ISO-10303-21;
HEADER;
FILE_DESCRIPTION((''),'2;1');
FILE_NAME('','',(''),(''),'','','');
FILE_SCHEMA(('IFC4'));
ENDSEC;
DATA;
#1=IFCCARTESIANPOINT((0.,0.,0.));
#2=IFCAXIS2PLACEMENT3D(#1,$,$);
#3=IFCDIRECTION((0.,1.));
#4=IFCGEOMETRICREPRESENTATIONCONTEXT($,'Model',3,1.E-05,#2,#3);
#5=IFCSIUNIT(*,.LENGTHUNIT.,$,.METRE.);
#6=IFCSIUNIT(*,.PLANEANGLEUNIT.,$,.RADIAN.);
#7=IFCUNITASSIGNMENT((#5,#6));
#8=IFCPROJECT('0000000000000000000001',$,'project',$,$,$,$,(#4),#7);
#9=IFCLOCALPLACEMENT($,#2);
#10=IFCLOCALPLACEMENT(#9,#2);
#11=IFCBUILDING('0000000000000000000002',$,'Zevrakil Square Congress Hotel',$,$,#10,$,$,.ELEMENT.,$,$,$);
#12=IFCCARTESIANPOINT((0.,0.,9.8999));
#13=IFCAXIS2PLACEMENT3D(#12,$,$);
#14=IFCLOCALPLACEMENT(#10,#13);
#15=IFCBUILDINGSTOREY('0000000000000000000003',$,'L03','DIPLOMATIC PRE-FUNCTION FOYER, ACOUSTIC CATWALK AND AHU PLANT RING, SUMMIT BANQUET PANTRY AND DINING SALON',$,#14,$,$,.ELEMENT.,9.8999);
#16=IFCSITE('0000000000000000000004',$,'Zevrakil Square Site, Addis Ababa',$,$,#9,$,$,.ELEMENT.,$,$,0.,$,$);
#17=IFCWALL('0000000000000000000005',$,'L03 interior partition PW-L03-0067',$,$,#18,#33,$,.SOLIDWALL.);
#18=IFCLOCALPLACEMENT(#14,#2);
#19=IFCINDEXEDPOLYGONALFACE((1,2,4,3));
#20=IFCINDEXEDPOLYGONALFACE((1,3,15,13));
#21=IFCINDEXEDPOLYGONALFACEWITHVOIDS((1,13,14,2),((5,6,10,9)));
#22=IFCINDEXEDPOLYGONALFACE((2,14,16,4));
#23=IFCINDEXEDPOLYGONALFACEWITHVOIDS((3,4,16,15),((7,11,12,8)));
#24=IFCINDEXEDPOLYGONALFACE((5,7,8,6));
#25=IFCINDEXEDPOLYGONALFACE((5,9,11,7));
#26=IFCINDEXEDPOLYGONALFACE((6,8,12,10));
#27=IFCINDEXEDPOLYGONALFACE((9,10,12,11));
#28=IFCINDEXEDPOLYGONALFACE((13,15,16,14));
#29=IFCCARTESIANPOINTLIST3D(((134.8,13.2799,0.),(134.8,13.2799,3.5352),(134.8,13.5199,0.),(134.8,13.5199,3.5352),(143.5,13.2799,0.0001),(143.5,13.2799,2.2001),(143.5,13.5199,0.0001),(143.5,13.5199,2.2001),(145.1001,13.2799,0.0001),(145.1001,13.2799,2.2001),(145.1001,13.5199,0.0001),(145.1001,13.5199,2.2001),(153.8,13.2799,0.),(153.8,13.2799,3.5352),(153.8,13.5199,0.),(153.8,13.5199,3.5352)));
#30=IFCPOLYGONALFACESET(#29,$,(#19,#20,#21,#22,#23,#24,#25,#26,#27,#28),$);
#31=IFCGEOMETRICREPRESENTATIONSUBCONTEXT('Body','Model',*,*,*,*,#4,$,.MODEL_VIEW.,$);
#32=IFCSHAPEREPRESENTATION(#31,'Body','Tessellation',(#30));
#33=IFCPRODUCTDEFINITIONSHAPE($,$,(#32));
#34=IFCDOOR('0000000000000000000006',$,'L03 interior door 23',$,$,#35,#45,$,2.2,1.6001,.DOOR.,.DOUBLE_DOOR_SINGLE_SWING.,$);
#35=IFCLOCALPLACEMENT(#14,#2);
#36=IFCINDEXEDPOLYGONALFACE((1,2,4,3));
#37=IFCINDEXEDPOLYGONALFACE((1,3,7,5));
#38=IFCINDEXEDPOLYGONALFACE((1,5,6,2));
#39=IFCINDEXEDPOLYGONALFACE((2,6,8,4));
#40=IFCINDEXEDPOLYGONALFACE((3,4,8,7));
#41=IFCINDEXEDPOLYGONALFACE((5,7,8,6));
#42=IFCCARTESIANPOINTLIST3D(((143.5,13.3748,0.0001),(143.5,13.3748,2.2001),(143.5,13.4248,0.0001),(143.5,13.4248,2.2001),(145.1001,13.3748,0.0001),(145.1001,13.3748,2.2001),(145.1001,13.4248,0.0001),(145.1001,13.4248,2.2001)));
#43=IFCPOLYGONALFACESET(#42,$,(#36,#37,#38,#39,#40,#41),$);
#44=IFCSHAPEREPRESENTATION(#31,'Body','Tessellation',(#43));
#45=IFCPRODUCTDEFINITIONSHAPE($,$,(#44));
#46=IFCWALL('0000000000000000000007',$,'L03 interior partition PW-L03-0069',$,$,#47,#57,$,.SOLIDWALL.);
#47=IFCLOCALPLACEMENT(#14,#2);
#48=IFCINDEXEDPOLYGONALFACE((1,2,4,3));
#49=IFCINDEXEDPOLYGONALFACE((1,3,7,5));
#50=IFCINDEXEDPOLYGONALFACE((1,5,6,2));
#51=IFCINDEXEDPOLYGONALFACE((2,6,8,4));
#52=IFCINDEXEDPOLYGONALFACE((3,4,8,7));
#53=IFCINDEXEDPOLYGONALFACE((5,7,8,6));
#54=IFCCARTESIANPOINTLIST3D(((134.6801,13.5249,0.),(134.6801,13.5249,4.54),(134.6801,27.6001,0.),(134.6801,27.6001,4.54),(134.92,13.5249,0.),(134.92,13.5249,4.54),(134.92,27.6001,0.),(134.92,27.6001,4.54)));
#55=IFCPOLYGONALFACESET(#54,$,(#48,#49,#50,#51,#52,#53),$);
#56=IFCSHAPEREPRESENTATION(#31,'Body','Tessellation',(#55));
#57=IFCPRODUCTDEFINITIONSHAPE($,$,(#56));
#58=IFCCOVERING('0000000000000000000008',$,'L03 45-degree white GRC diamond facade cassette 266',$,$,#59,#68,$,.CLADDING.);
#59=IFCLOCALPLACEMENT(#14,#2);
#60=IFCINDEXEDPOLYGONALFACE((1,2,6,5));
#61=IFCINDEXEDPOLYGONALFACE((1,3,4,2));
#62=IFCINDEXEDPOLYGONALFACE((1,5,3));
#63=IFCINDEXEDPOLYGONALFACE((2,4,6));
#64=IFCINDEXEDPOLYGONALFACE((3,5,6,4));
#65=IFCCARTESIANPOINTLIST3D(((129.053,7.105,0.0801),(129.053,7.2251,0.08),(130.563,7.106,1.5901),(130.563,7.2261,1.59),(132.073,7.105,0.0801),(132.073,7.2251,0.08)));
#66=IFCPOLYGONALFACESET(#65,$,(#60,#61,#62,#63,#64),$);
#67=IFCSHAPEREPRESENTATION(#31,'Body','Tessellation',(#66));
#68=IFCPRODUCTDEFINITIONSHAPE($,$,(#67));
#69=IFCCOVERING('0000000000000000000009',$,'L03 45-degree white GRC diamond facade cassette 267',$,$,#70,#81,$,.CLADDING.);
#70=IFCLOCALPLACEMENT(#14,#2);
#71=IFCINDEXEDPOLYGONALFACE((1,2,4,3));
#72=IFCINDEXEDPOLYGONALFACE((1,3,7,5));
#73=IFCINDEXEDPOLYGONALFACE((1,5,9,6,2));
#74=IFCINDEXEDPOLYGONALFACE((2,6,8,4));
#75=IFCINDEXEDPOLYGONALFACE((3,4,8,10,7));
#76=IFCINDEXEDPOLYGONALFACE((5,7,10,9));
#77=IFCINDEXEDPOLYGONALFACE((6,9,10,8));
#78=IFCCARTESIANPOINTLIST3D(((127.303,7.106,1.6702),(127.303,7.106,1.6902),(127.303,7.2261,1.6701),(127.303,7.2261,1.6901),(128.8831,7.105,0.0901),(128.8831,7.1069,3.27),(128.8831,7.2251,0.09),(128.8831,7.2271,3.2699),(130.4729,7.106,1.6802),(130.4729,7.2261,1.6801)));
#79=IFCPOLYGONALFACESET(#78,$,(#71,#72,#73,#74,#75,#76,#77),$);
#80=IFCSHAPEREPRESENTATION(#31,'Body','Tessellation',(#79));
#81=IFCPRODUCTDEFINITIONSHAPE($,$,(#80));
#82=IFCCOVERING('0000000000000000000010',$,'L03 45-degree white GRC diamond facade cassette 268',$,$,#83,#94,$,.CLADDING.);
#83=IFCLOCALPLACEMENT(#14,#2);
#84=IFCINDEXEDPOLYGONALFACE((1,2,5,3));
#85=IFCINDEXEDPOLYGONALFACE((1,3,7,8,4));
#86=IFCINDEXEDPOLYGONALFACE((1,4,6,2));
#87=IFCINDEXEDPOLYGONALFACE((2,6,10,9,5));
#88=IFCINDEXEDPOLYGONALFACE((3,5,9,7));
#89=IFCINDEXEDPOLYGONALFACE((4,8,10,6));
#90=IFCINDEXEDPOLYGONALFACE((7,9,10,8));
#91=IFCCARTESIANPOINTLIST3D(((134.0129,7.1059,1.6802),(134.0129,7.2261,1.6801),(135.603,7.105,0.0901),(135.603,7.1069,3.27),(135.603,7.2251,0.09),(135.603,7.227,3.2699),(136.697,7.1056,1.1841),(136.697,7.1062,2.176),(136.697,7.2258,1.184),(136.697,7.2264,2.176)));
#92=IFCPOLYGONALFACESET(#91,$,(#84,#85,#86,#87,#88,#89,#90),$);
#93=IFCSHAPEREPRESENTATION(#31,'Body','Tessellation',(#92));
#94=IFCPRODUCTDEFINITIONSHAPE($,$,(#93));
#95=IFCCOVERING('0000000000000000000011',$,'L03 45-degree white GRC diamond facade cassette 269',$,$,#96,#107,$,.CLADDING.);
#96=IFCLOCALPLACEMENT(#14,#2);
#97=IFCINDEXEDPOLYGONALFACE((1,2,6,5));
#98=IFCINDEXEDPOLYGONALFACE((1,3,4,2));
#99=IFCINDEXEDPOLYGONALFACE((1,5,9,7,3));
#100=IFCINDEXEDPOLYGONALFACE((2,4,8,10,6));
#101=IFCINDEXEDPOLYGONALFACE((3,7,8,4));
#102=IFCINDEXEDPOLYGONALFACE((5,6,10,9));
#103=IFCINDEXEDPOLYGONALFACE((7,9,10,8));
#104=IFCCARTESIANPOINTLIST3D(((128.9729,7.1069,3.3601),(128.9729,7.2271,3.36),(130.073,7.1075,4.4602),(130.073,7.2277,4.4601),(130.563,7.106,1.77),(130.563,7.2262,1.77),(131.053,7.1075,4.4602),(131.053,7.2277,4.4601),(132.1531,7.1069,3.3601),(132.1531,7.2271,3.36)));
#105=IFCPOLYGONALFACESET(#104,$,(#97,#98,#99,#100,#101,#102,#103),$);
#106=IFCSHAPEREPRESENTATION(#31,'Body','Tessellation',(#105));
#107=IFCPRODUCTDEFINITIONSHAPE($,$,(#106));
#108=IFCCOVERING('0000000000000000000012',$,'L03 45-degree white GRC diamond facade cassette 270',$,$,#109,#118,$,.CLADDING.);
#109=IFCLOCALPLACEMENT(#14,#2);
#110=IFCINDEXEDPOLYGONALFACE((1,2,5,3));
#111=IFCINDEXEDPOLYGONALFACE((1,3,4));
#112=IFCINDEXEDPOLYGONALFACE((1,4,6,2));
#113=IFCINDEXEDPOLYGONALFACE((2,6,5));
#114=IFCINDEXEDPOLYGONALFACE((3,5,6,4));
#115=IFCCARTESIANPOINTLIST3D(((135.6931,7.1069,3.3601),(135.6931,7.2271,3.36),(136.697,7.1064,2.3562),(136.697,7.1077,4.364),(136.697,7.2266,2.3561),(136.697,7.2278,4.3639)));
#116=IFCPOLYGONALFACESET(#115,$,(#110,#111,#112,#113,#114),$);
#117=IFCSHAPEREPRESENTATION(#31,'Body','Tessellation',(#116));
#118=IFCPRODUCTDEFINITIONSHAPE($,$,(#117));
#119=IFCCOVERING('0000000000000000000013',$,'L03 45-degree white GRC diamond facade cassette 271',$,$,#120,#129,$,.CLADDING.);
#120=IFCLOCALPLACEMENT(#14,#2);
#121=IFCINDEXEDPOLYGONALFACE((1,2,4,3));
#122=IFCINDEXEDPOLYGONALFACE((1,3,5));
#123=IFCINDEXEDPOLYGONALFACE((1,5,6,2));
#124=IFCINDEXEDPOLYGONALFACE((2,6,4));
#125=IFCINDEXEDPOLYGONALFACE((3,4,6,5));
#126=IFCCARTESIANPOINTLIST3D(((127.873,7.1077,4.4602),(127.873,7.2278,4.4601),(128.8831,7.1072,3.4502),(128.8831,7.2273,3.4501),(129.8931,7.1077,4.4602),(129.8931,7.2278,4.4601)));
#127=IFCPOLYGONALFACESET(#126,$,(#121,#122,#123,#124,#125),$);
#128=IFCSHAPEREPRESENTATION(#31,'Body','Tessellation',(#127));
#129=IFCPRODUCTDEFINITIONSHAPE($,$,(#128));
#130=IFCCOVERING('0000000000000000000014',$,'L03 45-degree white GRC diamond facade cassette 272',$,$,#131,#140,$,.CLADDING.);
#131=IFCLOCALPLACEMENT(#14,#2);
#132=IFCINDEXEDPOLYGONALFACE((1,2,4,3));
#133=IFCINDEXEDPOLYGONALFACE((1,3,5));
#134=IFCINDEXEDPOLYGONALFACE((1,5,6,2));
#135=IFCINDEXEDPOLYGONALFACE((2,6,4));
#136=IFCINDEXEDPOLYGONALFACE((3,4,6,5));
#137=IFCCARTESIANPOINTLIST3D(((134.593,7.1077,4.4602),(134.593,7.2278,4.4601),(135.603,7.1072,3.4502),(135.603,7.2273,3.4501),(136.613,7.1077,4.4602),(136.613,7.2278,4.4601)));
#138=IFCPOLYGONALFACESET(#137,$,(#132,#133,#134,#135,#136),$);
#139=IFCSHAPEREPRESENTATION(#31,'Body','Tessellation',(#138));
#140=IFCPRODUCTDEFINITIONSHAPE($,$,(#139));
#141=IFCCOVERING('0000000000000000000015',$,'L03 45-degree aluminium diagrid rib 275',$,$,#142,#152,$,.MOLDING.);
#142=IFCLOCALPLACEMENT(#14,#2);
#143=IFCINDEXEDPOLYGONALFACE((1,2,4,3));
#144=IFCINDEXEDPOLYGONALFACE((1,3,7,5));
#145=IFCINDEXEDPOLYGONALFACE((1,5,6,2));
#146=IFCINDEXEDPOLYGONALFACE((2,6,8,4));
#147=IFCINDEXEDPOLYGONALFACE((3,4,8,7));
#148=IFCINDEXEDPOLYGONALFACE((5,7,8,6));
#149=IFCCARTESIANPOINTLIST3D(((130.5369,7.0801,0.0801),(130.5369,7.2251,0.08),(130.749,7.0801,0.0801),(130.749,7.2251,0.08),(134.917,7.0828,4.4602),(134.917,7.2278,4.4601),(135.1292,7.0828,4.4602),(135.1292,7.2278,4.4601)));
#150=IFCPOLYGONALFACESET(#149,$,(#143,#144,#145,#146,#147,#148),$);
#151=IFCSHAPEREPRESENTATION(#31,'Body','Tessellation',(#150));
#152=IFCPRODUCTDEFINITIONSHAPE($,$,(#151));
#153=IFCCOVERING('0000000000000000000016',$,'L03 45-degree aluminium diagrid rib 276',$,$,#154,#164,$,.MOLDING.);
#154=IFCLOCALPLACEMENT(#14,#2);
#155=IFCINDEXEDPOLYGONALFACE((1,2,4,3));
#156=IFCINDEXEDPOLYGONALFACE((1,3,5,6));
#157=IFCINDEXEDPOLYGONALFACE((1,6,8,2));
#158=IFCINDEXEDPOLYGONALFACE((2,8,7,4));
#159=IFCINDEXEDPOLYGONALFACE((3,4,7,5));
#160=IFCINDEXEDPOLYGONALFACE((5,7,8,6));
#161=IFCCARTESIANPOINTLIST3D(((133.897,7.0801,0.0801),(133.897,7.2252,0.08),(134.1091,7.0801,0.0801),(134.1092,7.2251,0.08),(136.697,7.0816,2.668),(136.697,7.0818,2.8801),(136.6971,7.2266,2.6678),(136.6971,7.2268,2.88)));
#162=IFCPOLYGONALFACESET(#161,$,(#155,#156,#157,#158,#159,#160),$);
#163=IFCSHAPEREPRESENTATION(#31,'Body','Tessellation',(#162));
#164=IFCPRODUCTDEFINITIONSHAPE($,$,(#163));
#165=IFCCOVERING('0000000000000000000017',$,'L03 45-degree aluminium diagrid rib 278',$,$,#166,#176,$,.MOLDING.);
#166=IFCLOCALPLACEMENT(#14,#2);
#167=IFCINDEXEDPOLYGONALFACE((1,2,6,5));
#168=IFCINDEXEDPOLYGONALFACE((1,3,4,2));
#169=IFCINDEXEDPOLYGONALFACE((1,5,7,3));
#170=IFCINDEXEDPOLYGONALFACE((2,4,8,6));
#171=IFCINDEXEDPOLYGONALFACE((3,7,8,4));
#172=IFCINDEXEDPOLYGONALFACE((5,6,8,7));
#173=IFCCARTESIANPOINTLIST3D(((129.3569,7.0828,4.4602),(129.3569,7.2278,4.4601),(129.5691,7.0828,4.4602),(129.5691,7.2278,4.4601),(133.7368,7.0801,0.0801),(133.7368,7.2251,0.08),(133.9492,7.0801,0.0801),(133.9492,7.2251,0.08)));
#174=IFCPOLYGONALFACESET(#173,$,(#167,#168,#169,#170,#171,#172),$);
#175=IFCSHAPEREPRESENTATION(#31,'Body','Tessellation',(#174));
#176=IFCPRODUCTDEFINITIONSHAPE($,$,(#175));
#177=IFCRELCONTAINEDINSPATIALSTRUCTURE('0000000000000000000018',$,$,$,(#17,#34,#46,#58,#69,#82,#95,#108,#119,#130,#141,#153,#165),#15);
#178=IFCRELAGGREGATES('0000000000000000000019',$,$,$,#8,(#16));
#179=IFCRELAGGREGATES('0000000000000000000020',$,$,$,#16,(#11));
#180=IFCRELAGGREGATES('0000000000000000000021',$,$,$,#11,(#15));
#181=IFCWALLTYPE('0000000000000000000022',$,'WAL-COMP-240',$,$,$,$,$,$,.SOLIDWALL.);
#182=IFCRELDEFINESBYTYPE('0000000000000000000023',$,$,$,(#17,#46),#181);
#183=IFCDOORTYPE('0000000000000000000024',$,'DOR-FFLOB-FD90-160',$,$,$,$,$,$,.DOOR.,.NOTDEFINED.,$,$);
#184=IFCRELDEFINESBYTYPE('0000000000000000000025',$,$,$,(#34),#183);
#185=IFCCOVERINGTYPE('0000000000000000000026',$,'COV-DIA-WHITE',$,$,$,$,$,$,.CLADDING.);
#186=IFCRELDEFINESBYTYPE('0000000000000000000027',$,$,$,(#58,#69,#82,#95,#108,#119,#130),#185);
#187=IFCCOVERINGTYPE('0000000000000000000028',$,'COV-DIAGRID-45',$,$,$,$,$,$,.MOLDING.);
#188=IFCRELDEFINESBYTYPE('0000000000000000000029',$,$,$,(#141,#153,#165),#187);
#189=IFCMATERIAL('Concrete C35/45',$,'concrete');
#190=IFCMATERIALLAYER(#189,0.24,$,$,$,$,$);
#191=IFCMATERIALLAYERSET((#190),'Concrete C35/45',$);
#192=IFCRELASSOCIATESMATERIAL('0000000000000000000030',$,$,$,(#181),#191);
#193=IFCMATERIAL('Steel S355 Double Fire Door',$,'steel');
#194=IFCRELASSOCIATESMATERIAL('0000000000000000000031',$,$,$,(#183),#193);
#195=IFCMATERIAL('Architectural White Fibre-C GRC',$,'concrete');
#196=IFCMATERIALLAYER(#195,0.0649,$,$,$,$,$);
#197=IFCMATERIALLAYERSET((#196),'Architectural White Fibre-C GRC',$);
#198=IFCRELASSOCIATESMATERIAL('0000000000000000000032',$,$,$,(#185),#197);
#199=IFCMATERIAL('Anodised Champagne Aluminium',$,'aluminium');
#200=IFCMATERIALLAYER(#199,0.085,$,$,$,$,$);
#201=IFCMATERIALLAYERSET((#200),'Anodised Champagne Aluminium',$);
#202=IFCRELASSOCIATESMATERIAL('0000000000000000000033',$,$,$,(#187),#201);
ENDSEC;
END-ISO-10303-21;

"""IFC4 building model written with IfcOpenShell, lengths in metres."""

from ifc_helpers import new_model, si_unit, direction, frame, frame_2d, origin, place, context, subcontext, project, spatial, polyline, rectangle, outline, extrude, material, layer, layer_set, type_object, element, fill, save


model = new_model("IFC4")

# Units and contexts
model_context = context("Model", 3, precision=1e-05, world=origin(), true_north=direction((0.0, 1.0)))
body_context = subcontext(model_context, "Body", "Model", "MODEL_VIEW")
ifc_project = project(units=[si_unit("LENGTHUNIT", "METRE"), si_unit("PLANEANGLEUNIT", "RADIAN")], contexts=[model_context])

# Site, building, storey
site_placement = place(None, origin())
site = spatial("IfcSite", under=ifc_project, at=site_placement, Name="Zevrakil Square Site, Addis Ababa", CompositionType="ELEMENT", RefElevation=0.0)
building_placement = place(site_placement, origin())
building = spatial("IfcBuilding", under=site, at=building_placement, Name="Zevrakil Square Congress Hotel", CompositionType="ELEMENT")
storey_placement = place(building_placement, frame((0.0, 0.0, 9.8999)))
storey = spatial("IfcBuildingStorey", under=building, at=storey_placement, Name="L03", Description="DIPLOMATIC PRE-FUNCTION FOYER, ACOUSTIC CATWALK AND AHU PLANT RING, SUMMIT BANQUET PANTRY AND DINING SALON", CompositionType="ELEMENT", Elevation=9.8999)

# Wall, opening, door
ifc_material_1 = material(Name="Concrete C35/45", Category="concrete")
ifc_layer_1 = layer(ifc_material_1, 0.24)
ifc_layer_set_1 = layer_set([ifc_layer_1], Name="Concrete C35/45")
wall_type = type_object("IfcWallType", Name="WAL-COMP-240", PredefinedType="SOLIDWALL", material=ifc_layer_set_1)
wall_1_placement = place(storey_placement, frame((134.8, 13.3999, 0.0), z_axis=(0.0, 0.0, 1.0), x_axis=(1.0, 0.0, 0.0)))
wall_1 = element("IfcWall", 1, at=wall_1_placement, inside=storey, type_object=wall_type, Name="L03 interior partition PW-L03-0067", PredefinedType="SOLIDWALL", context=body_context, shape_type="SweptSolid", body=[
    extrude(rectangle(XDim=19.0, YDim=0.24, at=frame_2d((9.5, 0.0))), origin(), (0.0, 0.0, 1.0), 3.5352),
])
opening_placement = place(wall_1_placement, frame((8.7, 0.0, 0.0)))
opening = element("IfcOpeningElement", 2, at=opening_placement, cuts=wall_1, PredefinedType="OPENING", context=body_context, shape_type="SweptSolid", body=[
    extrude(rectangle(XDim=1.6001, YDim=2.2, at=frame_2d((0.8, 1.1001))), frame((0.0, 0.1299, 0.0), z_axis=(0.0, -1.0, 0.0), x_axis=(1.0, 0.0, 0.0)), (0.0, 0.0, 1.0), 0.26),
])
ifc_material_2 = material(Name="Steel S355 Double Fire Door", Category="steel")
door_type = type_object("IfcDoorType", Name="DOR-FFLOB-FD90-160", OperationType="NOTDEFINED", PredefinedType="DOOR", material=ifc_material_2)
door_placement = place(opening_placement, origin())
door = element("IfcDoor", 3, at=door_placement, inside=storey, type_object=door_type, Name="L03 interior door 23", OperationType="DOUBLE_DOOR_SINGLE_SWING", OverallHeight=2.2, OverallWidth=1.6001, PredefinedType="DOOR", context=body_context, shape_type="SweptSolid", body=[
    extrude(rectangle(XDim=1.6001, YDim=2.2, at=frame_2d((0.8, 1.1001))), frame((0.0, 0.0249, 0.0), z_axis=(0.0, -1.0, 0.0), x_axis=(1.0, 0.0, 0.0)), (0.0, 0.0, 1.0), 0.05),
])
fill(opening, door)

# Wall
wall_2_placement = place(storey_placement, frame((134.8, 13.5249, 0.0), z_axis=(0.0, 0.0, 1.0), x_axis=(0.0, 1.0, 0.0)))
element("IfcWall", 4, at=wall_2_placement, inside=storey, type_object=wall_type, Name="L03 interior partition PW-L03-0069", PredefinedType="SOLIDWALL", context=body_context, shape_type="SweptSolid", body=[
    extrude(rectangle(XDim=14.0752, YDim=0.24, at=frame_2d((7.0376, 0.0))), origin(), (0.0, 0.0, 1.0), 4.54),
])

# Coverings
ifc_material_3 = material(Name="Architectural White Fibre-C GRC", Category="concrete")
ifc_layer_2 = layer(ifc_material_3, 0.0649)
ifc_layer_set_2 = layer_set([ifc_layer_2], Name="Architectural White Fibre-C GRC")
covering_type_1 = type_object("IfcCoveringType", Name="COV-DIA-WHITE", PredefinedType="CLADDING", material=ifc_layer_set_2)
covering_1_placement = place(storey_placement, frame((130.563, 7.106, 1.5901), z_axis=(0.0, -1.0, 0.000647), x_axis=(0.707107, -0.000457, -0.707107)))
element("IfcCovering", 5, at=covering_1_placement, inside=storey, type_object=covering_type_1, Name="L03 45-degree white GRC diamond facade cassette 266", PredefinedType="CLADDING", context=body_context, shape_type="SweptSolid", body=[
    extrude(outline(polyline([(0.0, 0.0), (2.1355, 0.0), (0.0, -2.1355), (0.0, 0.0)])), origin(), (0.0, 0.0, -1.0), 0.1201),
])
covering_2_placement = place(storey_placement, frame((128.8831, 7.1069, 3.27), z_axis=(0.0, -1.0, 0.000612), x_axis=(0.707107, -0.000433, -0.707107)))
element("IfcCovering", 6, at=covering_2_placement, inside=storey, type_object=covering_type_1, Name="L03 45-degree white GRC diamond facade cassette 267", PredefinedType="CLADDING", context=body_context, shape_type="SweptSolid", body=[
    extrude(outline(polyline([(0.0, 0.0), (2.2484, 0.0), (2.2486, -2.2486), (0.014, -2.2486), (-0.0002, -2.2344), (0.0, 0.0)])), origin(), (0.0, 0.0, -1.0), 0.1201),
])
covering_3_placement = place(storey_placement, frame((135.603, 7.105, 0.0901), z_axis=(0.0, -1.0, 0.0006), x_axis=(-0.707107, 0.000425, 0.707107)))
element("IfcCovering", 7, at=covering_3_placement, inside=storey, type_object=covering_type_1, Name="L03 45-degree white GRC diamond facade cassette 268", PredefinedType="CLADDING", context=body_context, shape_type="SweptSolid", body=[
    extrude(outline(polyline([(0.0, 0.0), (2.2487, 0.0), (2.2486, -2.2486), (0.7014, -2.2486), (0.0, -1.5471), (0.0, 0.0)])), origin(), (0.0, 0.0, -1.0), 0.1201),
])
covering_4_placement = place(storey_placement, frame((132.1531, 7.1069, 3.3601), z_axis=(0.0, -1.0, 0.000558), x_axis=(-0.707107, -0.000395, -0.707107)))
element("IfcCovering", 8, at=covering_4_placement, inside=storey, type_object=covering_type_1, Name="L03 45-degree white GRC diamond facade cassette 269", PredefinedType="CLADDING", context=body_context, shape_type="SweptSolid", body=[
    extrude(outline(polyline([(0.0, 0.0), (2.2487, 0.0), (2.2487, -2.2487), (0.693, -2.2487), (0.0, -1.5558), (0.0, 0.0)])), origin(), (0.0, 0.0, -1.0), 0.1201),
])
covering_5_placement = place(storey_placement, frame((135.6931, 7.1069, 3.3601), z_axis=(0.000122, -1.0, 0.000608), x_axis=(0.707107, 0.000516, 0.707107)))
element("IfcCovering", 9, at=covering_5_placement, inside=storey, type_object=covering_type_1, Name="L03 45-degree white GRC diamond facade cassette 270", PredefinedType="CLADDING", context=body_context, shape_type="SweptSolid", body=[
    extrude(outline(polyline([(0.0, 0.0), (1.4197, 0.0), (0.0, -1.4197), (0.0, 0.0)])), origin(), (0.0, 0.0, -1.0), 0.1201),
])
for number, where, z_axis, x_axis, name in (
    (10, (128.8831, 7.1072, 3.4502), (0.0, -1.0, 0.000483), (-0.707107, 0.000342, 0.707107), "L03 45-degree white GRC diamond facade cassette 271"),
    (11, (135.603, 7.1072, 3.4502), (0.0, -1.0, 0.000483), (-0.707107, 0.000342, 0.707107), "L03 45-degree white GRC diamond facade cassette 272"),
):
    element("IfcCovering", number, at=place(storey_placement, frame(where, z_axis=z_axis, x_axis=x_axis)), inside=storey, type_object=covering_type_1, Name=name, PredefinedType="CLADDING", context=body_context, shape_type="SweptSolid", body=[
        extrude(outline(polyline([(0.0, 0.0), (1.4284, 0.0), (0.0, -1.4284), (0.0, 0.0)])), origin(), (0.0, 0.0, -1.0), 0.1201),
    ])
ifc_material_4 = material(Name="Anodised Champagne Aluminium", Category="aluminium")
ifc_layer_3 = layer(ifc_material_4, 0.085)
ifc_layer_set_3 = layer_set([ifc_layer_3], Name="Anodised Champagne Aluminium")
covering_type_2 = type_object("IfcCoveringType", Name="COV-DIAGRID-45", PredefinedType="MOLDING", material=ifc_layer_set_3)
covering_6_placement = place(storey_placement, frame((130.749, 7.0801, 0.0801), z_axis=(0.0, -1.0, 0.000613), x_axis=(-1.0, 0.0, 0.0)))
element("IfcCovering", 12, at=covering_6_placement, inside=storey, type_object=covering_type_2, Name="L03 45-degree aluminium diagrid rib 275", PredefinedType="MOLDING", context=body_context, shape_type="SweptSolid", body=[
    extrude(outline(polyline([(0.0, 0.0), (0.2122, 0.0), (-4.168, -4.3801), (-4.3801, -4.3801), (0.0, 0.0)])), origin(), (0.0, 0.0, -1.0), 0.145),
])
covering_7_placement = place(storey_placement, frame((134.1091, 7.0801, 0.0801), z_axis=(-0.000281, -1.0, 0.00087), x_axis=(-1.0, 0.000281, 0.0)))
element("IfcCovering", 13, at=covering_7_placement, inside=storey, type_object=covering_type_2, Name="L03 45-degree aluminium diagrid rib 276", PredefinedType="MOLDING", context=body_context, shape_type="SweptSolid", body=[
    extrude(outline(polyline([(0.0, 0.0), (0.2122, 0.0), (-2.5879, -2.8), (-2.5879, -2.5879), (0.0, 0.0)])), origin(), (0.0, 0.0, -1.0), 0.145),
])
covering_8_placement = place(storey_placement, frame((129.3569, 7.0828, 4.4602), z_axis=(0.0, -1.0, 0.000613), x_axis=(1.0, 0.0, 0.0)))
element("IfcCovering", 14, at=covering_8_placement, inside=storey, type_object=covering_type_2, Name="L03 45-degree aluminium diagrid rib 278", PredefinedType="MOLDING", context=body_context, shape_type="SweptSolid", body=[
    extrude(outline(polyline([(0.0, 0.0), (0.2122, 0.0), (4.5923, -4.3801), (4.3799, -4.3801), (0.0, 0.0)])), origin(), (0.0, 0.0, -1.0), 0.145),
])

save(model, "model.ifc")
